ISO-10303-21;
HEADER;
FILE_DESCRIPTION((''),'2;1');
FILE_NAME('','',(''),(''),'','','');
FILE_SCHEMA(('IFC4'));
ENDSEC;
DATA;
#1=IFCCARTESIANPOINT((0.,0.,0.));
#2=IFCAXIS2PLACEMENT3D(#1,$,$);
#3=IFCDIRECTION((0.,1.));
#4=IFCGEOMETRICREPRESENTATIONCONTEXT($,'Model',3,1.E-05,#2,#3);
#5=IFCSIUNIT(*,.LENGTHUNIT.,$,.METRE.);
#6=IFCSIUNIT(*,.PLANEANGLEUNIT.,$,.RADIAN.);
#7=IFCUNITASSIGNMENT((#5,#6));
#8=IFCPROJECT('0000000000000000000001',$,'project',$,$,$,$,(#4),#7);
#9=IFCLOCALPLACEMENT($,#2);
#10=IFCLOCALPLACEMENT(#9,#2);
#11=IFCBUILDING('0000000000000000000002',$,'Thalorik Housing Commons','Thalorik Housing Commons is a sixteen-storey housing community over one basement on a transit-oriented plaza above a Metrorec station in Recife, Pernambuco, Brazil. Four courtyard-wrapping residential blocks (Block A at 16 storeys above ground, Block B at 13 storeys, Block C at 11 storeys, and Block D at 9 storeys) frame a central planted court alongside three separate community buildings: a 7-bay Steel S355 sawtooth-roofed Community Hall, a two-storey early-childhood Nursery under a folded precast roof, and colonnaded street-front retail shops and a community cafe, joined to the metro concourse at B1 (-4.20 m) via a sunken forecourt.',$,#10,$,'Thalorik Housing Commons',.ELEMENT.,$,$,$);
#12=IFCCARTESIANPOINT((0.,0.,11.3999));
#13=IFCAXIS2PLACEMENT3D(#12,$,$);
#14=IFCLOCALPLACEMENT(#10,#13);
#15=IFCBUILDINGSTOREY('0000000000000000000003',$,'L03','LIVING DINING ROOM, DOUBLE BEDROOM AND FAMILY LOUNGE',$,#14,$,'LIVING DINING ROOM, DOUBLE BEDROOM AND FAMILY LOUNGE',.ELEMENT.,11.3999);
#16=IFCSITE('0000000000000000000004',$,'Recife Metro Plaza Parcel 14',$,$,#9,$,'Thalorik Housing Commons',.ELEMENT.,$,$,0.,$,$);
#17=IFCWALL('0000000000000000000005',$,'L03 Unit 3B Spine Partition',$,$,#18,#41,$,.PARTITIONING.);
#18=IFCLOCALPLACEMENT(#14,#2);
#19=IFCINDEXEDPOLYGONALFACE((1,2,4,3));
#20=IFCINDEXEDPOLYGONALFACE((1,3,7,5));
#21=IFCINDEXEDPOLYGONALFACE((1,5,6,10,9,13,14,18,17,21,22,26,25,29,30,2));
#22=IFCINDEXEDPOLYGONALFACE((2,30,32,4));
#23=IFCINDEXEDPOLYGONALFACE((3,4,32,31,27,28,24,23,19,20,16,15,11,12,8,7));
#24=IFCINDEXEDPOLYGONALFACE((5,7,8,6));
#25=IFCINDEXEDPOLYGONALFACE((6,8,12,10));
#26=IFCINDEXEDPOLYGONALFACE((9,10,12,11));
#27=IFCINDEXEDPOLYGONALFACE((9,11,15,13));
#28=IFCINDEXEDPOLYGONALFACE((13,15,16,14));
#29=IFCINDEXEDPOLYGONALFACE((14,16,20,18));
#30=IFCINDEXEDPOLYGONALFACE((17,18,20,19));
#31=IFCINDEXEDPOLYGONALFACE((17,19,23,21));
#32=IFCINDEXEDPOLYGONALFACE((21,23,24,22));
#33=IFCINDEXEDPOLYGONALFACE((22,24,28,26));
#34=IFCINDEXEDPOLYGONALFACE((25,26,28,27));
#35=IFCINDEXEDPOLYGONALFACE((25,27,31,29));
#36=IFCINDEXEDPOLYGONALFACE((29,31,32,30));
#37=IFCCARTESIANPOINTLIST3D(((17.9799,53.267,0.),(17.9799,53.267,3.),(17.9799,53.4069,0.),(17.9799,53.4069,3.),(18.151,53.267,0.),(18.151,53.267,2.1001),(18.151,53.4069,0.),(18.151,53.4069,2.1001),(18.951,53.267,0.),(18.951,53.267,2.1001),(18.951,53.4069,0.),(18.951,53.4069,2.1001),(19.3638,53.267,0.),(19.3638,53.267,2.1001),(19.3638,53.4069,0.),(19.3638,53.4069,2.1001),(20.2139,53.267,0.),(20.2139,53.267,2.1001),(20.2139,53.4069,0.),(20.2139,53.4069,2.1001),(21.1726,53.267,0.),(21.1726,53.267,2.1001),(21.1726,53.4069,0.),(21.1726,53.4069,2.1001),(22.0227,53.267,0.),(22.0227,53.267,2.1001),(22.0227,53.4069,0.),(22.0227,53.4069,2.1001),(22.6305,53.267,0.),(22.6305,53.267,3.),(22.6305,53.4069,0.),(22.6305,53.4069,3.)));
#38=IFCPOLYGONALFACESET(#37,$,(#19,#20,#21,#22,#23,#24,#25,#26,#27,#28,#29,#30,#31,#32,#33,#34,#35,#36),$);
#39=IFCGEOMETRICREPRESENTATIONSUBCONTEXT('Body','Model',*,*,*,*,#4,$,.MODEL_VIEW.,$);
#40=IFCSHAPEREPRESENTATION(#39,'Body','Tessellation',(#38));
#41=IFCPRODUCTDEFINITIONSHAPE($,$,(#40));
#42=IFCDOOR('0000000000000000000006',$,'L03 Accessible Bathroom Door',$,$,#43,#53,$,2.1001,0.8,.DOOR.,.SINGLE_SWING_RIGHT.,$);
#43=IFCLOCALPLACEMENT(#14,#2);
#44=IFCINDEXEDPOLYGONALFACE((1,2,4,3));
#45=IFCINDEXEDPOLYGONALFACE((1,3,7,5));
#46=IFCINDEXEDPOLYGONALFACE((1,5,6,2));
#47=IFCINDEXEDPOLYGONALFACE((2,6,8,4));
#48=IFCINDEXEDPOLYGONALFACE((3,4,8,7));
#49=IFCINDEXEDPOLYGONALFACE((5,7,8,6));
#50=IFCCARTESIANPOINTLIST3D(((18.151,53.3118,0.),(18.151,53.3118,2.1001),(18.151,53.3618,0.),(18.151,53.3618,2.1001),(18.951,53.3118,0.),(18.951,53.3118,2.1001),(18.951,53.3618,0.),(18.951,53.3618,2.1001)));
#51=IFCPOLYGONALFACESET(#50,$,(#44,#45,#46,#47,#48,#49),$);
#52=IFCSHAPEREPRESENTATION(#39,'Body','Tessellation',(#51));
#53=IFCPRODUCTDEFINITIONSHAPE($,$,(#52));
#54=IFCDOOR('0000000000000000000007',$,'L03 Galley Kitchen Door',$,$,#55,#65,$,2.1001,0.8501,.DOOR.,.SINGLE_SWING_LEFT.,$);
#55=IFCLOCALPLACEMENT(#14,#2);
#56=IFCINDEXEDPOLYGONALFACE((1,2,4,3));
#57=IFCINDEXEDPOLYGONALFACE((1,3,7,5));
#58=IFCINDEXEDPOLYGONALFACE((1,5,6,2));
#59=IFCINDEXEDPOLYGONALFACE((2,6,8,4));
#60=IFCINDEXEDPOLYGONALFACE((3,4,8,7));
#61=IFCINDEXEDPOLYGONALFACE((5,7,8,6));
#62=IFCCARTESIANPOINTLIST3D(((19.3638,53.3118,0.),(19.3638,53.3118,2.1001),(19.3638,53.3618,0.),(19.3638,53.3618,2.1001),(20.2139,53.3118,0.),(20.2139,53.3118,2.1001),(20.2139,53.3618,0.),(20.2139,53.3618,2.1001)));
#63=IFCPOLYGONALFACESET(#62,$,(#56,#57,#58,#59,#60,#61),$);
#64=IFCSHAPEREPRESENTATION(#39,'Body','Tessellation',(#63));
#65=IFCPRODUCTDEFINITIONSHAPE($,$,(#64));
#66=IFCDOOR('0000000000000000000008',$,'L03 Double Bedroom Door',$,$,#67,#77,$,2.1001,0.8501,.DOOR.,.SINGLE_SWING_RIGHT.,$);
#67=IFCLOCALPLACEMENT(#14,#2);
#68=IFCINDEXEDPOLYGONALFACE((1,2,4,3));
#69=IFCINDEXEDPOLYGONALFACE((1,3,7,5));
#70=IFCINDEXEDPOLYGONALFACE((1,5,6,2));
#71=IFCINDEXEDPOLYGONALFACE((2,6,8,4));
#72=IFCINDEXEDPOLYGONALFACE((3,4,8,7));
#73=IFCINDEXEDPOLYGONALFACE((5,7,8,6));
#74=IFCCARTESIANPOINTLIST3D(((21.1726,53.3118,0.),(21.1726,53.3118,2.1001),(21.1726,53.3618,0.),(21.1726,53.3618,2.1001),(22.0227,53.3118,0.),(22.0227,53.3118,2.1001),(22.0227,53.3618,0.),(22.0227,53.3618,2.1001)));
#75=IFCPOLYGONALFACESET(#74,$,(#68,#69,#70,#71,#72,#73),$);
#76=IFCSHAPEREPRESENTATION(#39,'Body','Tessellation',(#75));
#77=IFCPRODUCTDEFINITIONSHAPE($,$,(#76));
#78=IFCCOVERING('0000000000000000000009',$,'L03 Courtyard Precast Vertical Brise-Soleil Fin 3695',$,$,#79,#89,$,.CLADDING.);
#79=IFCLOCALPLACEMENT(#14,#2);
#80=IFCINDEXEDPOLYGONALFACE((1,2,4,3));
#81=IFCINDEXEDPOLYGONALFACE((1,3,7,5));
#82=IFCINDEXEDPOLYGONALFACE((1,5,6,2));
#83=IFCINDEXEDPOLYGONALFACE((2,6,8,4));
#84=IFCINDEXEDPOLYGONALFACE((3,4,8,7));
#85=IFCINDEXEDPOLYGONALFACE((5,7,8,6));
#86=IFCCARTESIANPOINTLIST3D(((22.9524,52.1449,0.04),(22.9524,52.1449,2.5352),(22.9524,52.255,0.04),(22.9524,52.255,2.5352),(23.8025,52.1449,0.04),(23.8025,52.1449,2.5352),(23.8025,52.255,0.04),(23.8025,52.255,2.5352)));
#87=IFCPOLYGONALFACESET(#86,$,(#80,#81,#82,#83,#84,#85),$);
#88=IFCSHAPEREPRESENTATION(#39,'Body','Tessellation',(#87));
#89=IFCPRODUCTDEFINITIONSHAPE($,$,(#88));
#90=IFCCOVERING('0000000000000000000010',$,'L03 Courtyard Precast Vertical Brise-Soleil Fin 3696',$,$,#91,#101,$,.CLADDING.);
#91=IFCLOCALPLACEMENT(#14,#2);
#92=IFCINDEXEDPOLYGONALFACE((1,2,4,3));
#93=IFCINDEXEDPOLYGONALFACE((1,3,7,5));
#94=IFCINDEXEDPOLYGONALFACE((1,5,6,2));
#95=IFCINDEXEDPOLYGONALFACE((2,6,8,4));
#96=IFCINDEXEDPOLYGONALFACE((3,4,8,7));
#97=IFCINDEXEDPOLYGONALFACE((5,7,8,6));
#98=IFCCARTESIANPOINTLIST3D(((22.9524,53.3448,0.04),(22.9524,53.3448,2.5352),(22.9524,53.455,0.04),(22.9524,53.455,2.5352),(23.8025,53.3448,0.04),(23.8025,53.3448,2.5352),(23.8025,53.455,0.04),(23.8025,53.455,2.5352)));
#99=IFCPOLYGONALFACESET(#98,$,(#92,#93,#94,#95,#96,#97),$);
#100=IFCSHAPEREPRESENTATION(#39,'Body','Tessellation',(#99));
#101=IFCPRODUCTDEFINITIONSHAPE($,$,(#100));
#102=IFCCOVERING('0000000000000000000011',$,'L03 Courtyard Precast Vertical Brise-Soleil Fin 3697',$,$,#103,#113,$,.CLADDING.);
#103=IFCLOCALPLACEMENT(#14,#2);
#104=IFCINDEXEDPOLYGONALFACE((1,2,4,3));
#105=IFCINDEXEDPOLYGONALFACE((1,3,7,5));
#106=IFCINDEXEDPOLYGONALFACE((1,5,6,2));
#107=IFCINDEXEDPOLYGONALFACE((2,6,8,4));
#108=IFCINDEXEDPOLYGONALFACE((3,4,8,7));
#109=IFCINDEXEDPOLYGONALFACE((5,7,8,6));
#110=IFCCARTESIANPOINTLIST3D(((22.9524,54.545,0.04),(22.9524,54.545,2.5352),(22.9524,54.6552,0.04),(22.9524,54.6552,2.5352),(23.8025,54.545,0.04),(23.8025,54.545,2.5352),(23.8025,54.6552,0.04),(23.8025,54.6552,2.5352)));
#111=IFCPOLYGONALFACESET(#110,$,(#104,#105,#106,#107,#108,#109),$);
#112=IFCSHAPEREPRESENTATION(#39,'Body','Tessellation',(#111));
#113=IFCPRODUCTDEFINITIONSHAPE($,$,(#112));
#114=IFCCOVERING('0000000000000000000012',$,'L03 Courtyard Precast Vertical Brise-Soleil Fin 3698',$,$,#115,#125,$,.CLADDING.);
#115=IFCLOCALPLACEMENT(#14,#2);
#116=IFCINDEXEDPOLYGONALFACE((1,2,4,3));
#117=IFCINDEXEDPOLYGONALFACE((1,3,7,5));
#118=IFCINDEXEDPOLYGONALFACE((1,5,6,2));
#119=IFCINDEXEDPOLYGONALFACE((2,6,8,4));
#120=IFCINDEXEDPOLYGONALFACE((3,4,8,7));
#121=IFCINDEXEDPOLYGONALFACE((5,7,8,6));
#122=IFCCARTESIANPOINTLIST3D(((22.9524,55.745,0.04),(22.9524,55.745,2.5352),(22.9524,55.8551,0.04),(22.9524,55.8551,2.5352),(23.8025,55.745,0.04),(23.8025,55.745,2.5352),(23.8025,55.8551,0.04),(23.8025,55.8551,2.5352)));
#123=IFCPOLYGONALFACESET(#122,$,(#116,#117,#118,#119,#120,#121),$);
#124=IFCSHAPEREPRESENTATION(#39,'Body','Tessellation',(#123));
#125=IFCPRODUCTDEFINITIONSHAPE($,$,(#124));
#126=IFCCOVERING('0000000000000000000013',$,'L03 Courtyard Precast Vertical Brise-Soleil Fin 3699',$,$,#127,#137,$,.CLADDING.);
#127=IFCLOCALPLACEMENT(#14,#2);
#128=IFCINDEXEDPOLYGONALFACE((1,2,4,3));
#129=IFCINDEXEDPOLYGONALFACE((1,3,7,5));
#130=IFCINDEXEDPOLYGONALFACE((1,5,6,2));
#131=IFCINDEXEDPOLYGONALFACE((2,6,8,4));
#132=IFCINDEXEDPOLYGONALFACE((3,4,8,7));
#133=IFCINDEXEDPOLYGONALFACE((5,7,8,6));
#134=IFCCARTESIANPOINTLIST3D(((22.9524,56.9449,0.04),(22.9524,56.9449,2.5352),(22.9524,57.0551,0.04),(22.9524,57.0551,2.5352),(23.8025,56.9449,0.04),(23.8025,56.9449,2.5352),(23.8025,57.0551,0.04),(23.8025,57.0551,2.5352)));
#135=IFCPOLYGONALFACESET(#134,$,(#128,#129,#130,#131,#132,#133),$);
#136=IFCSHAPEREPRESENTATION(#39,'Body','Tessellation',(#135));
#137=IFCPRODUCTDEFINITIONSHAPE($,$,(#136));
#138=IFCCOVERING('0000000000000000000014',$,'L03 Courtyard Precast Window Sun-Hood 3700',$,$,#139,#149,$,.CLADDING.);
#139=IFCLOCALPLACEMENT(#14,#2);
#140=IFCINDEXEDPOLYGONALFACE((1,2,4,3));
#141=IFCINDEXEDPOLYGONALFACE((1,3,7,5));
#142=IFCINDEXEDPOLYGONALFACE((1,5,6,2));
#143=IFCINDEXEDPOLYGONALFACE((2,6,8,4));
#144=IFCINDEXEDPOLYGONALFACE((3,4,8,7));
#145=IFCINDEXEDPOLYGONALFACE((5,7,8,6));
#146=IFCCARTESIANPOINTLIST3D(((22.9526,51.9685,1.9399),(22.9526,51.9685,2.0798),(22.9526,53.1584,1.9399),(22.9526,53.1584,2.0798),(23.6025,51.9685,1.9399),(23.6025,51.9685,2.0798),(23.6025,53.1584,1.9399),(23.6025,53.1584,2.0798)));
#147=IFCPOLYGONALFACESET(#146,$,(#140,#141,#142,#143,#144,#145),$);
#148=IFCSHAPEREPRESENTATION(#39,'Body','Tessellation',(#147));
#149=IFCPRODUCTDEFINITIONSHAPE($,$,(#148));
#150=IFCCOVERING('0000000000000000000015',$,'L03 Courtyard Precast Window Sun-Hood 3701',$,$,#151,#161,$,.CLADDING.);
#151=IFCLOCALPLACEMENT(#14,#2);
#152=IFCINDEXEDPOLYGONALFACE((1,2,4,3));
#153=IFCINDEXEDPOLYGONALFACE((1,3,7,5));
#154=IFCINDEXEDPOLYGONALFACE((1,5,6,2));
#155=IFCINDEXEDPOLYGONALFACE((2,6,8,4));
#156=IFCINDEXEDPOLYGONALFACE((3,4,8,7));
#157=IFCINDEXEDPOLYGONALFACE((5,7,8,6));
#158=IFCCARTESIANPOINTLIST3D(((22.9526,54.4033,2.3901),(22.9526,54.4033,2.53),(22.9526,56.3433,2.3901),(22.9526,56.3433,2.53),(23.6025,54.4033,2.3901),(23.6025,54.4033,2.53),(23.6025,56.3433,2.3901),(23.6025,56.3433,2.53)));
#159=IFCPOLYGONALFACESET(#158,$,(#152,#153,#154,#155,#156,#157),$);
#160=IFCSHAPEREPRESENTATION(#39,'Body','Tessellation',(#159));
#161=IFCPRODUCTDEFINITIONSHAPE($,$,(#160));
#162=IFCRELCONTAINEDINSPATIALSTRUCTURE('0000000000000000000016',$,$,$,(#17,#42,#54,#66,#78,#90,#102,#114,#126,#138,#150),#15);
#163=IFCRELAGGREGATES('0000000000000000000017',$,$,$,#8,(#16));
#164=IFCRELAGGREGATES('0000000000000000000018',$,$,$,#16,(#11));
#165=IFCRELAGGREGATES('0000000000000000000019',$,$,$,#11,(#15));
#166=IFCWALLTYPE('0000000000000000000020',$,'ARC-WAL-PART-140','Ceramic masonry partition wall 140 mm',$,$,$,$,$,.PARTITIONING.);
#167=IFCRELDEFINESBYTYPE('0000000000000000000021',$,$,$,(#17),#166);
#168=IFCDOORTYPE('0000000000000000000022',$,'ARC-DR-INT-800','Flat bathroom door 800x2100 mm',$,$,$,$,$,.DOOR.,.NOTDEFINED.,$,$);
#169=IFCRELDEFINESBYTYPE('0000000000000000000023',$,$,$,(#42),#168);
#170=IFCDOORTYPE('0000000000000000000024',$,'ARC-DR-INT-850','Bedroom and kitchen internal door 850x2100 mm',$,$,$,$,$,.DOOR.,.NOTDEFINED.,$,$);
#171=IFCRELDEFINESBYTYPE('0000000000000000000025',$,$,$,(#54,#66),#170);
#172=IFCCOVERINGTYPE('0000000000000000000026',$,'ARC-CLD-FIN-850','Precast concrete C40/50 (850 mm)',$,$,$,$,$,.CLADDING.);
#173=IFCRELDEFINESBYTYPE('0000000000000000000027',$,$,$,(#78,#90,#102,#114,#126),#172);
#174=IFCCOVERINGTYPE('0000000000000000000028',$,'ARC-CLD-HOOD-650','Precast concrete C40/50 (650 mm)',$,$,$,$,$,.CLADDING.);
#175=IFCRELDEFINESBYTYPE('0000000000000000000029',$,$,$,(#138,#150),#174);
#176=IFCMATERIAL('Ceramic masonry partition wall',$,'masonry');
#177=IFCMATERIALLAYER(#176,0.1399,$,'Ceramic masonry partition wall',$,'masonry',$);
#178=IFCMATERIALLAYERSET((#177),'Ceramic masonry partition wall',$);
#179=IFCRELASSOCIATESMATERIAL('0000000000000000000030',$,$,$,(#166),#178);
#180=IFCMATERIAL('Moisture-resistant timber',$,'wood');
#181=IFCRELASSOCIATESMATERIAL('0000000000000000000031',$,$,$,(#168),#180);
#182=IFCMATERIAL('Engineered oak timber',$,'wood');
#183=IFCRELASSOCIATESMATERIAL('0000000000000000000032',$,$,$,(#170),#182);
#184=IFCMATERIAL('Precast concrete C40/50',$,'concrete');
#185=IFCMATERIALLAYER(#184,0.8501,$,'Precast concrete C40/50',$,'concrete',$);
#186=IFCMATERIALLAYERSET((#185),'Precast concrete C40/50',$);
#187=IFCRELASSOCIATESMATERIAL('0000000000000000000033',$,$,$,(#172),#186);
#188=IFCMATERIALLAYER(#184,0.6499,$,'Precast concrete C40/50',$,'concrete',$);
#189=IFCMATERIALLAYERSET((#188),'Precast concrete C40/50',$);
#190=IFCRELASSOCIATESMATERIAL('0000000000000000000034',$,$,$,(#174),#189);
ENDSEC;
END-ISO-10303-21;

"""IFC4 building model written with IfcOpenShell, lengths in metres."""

from ifc_helpers import new_model, si_unit, direction, frame, frame_2d, origin, origin_2d, place, context, subcontext, project, spatial, rectangle, extrude, material, layer, layer_set, type_object, element, fill, save


model = new_model("IFC4")

# Units and contexts
model_context = context("Model", 3, precision=1e-05, world=origin(), true_north=direction((0.0, 1.0)))
body_context = subcontext(model_context, "Body", "Model", "MODEL_VIEW")
ifc_project = project(units=[si_unit("LENGTHUNIT", "METRE"), si_unit("PLANEANGLEUNIT", "RADIAN")], contexts=[model_context])

# Site, building, storey
site_placement = place(None, origin())
site = spatial("IfcSite", under=ifc_project, at=site_placement, Name="Recife Metro Plaza Parcel 14", LongName="Thalorik Housing Commons", CompositionType="ELEMENT", RefElevation=0.0)
building_placement = place(site_placement, origin())
building = spatial("IfcBuilding", under=site, at=building_placement, Name="Thalorik Housing Commons", Description="Thalorik Housing Commons is a sixteen-storey housing community over one basement on a transit-oriented plaza above a Metrorec station in Recife, Pernambuco, Brazil. Four courtyard-wrapping residential blocks (Block A at 16 storeys above ground, Block B at 13 storeys, Block C at 11 storeys, and Block D at 9 storeys) frame a central planted court alongside three separate community buildings: a 7-bay Steel S355 sawtooth-roofed Community Hall, a two-storey early-childhood Nursery under a folded precast roof, and colonnaded street-front retail shops and a community cafe, joined to the metro concourse at B1 (-4.20 m) via a sunken forecourt.", LongName="Thalorik Housing Commons", CompositionType="ELEMENT")
storey_placement = place(building_placement, frame((0.0, 0.0, 11.3999)))
storey = spatial("IfcBuildingStorey", under=building, at=storey_placement, Name="L03", Description="LIVING DINING ROOM, DOUBLE BEDROOM AND FAMILY LOUNGE", LongName="LIVING DINING ROOM, DOUBLE BEDROOM AND FAMILY LOUNGE", CompositionType="ELEMENT", Elevation=11.3999)

# Shared definitions
ifc_material_1 = material(Name="Precast concrete C40/50", Category="concrete")

# Wall, openings, doors
ifc_material_2 = material(Name="Ceramic masonry partition wall", Category="masonry")
ifc_layer_1 = layer(ifc_material_2, 0.1399, Name="Ceramic masonry partition wall", Category="masonry")
ifc_layer_set_1 = layer_set([ifc_layer_1], Name="Ceramic masonry partition wall")
wall_type_1 = type_object("IfcWallType", Name="ARC-WAL-PART-140", Description="Ceramic masonry partition wall 140 mm", PredefinedType="PARTITIONING", material=ifc_layer_set_1)
wall_1_placement = place(storey_placement, frame((17.98, 53.3369, 0.0), z_axis=(0.0, 0.0, 1.0), x_axis=(1.0, 0.0, 0.0)))
wall_1 = element("IfcWall", 1, at=wall_1_placement, inside=storey, type_object=wall_type_1, Name="L03 Unit 3B Spine Partition", PredefinedType="PARTITIONING", context=body_context, shape_type="SweptSolid", body=[
    extrude(rectangle(XDim=4.6506, YDim=0.1399, at=frame_2d((2.3252, 0.0))), origin(), (0.0, 0.0, 1.0), 3.0),
])
opening_1_placement = place(wall_1_placement, frame((0.1711, 0.0, 0.0)))
opening_1 = element("IfcOpeningElement", 2, at=opening_1_placement, cuts=wall_1, PredefinedType="OPENING", context=body_context, shape_type="SweptSolid", body=[
    extrude(rectangle(XDim=0.8, YDim=2.1001, at=frame_2d((0.3999, 1.05))), frame((0.0, 0.0801, 0.0), z_axis=(0.0, -1.0, 0.0), x_axis=(1.0, 0.0, 0.0)), (0.0, 0.0, 1.0), 0.1599),
])
opening_2_placement = place(wall_1_placement, frame((1.3838, 0.0, 0.0)))
opening_2 = element("IfcOpeningElement", 3, at=opening_2_placement, cuts=wall_1, PredefinedType="OPENING", context=body_context, shape_type="SweptSolid", body=[
    extrude(rectangle(XDim=0.8501, YDim=2.1001, at=frame_2d((0.425, 1.05))), frame((0.0, 0.0801, 0.0), z_axis=(0.0, -1.0, 0.0), x_axis=(1.0, 0.0, 0.0)), (0.0, 0.0, 1.0), 0.1599),
])
opening_3_placement = place(wall_1_placement, frame((3.1926, 0.0, 0.0)))
opening_3 = element("IfcOpeningElement", 4, at=opening_3_placement, cuts=wall_1, PredefinedType="OPENING", context=body_context, shape_type="SweptSolid", body=[
    extrude(rectangle(XDim=0.8501, YDim=2.1001, at=frame_2d((0.425, 1.05))), frame((0.0, 0.0801, 0.0), z_axis=(0.0, -1.0, 0.0), x_axis=(1.0, 0.0, 0.0)), (0.0, 0.0, 1.0), 0.1599),
])
ifc_material_3 = material(Name="Moisture-resistant timber", Category="wood")
door_type_1 = type_object("IfcDoorType", Name="ARC-DR-INT-800", Description="Flat bathroom door 800x2100 mm", OperationType="NOTDEFINED", PredefinedType="DOOR", material=ifc_material_3)
door_1_placement = place(opening_1_placement, origin())
door_1 = element("IfcDoor", 5, at=door_1_placement, inside=storey, type_object=door_type_1, Name="L03 Accessible Bathroom Door", OperationType="SINGLE_SWING_RIGHT", OverallHeight=2.1001, OverallWidth=0.8, PredefinedType="DOOR", context=body_context, shape_type="SweptSolid", body=[
    extrude(rectangle(XDim=0.8, YDim=2.1001, at=frame_2d((0.3999, 1.05))), frame((0.0, 0.0249, 0.0), z_axis=(0.0, -1.0, 0.0), x_axis=(1.0, 0.0, 0.0)), (0.0, 0.0, 1.0), 0.05),
])
fill(opening_1, door_1)
ifc_material_4 = material(Name="Engineered oak timber", Category="wood")
door_type_2 = type_object("IfcDoorType", Name="ARC-DR-INT-850", Description="Bedroom and kitchen internal door 850x2100 mm", OperationType="NOTDEFINED", PredefinedType="DOOR", material=ifc_material_4)
door_2_placement = place(opening_2_placement, origin())
door_2 = element("IfcDoor", 6, at=door_2_placement, inside=storey, type_object=door_type_2, Name="L03 Galley Kitchen Door", OperationType="SINGLE_SWING_LEFT", OverallHeight=2.1001, OverallWidth=0.8501, PredefinedType="DOOR", context=body_context, shape_type="SweptSolid", body=[
    extrude(rectangle(XDim=0.8501, YDim=2.1001, at=frame_2d((0.425, 1.05))), frame((0.0, 0.0249, 0.0), z_axis=(0.0, -1.0, 0.0), x_axis=(1.0, 0.0, 0.0)), (0.0, 0.0, 1.0), 0.05),
])
fill(opening_2, door_2)
door_3_placement = place(opening_3_placement, origin())
door_3 = element("IfcDoor", 7, at=door_3_placement, inside=storey, type_object=door_type_2, Name="L03 Double Bedroom Door", OperationType="SINGLE_SWING_RIGHT", OverallHeight=2.1001, OverallWidth=0.8501, PredefinedType="DOOR", context=body_context, shape_type="SweptSolid", body=[
    extrude(rectangle(XDim=0.8501, YDim=2.1001, at=frame_2d((0.425, 1.05))), frame((0.0, 0.0249, 0.0), z_axis=(0.0, -1.0, 0.0), x_axis=(1.0, 0.0, 0.0)), (0.0, 0.0, 1.0), 0.05),
])
fill(opening_3, door_3)

# Coverings
ifc_layer_2 = layer(ifc_material_1, 0.8501, Name="Precast concrete C40/50", Category="concrete")
ifc_layer_set_2 = layer_set([ifc_layer_2], Name="Precast concrete C40/50")
covering_type_1 = type_object("IfcCoveringType", Name="ARC-CLD-FIN-850", Description="Precast concrete C40/50 (850 mm)", PredefinedType="CLADDING", material=ifc_layer_set_2)
for number, where, z_axis, x_axis, name in (
    (8, (23.3774, 52.2, 0.04), (0.0, 0.0, 1.0), (0.0, 1.0, 0.0), "L03 Courtyard Precast Vertical Brise-Soleil Fin 3695"),
    (9, (23.3774, 53.3999, 0.04), (0.0, 0.0, 1.0), (0.0, 1.0, 0.0), "L03 Courtyard Precast Vertical Brise-Soleil Fin 3696"),
    (10, (23.3774, 54.6001, 0.04), (0.0, 0.0, 1.0), (0.0, 1.0, 0.0), "L03 Courtyard Precast Vertical Brise-Soleil Fin 3697"),
    (11, (23.3774, 55.8, 0.04), (0.0, 0.0, 1.0), (0.0, 1.0, 0.0), "L03 Courtyard Precast Vertical Brise-Soleil Fin 3698"),
    (12, (23.3774, 57.0, 0.04), (0.0, 0.0, 1.0), (0.0, 1.0, 0.0), "L03 Courtyard Precast Vertical Brise-Soleil Fin 3699"),
):
    element("IfcCovering", number, at=place(storey_placement, frame(where, z_axis=z_axis, x_axis=x_axis)), inside=storey, type_object=covering_type_1, Name=name, PredefinedType="CLADDING", context=body_context, shape_type="SweptSolid", body=[
        extrude(rectangle(XDim=0.1101, YDim=0.8501, at=origin_2d()), origin(), (0.0, 0.0, 1.0), 2.4951),
    ])
ifc_layer_3 = layer(ifc_material_1, 0.6499, Name="Precast concrete C40/50", Category="concrete")
ifc_layer_set_3 = layer_set([ifc_layer_3], Name="Precast concrete C40/50")
covering_type_2 = type_object("IfcCoveringType", Name="ARC-CLD-HOOD-650", Description="Precast concrete C40/50 (650 mm)", PredefinedType="CLADDING", material=ifc_layer_set_3)
covering_1_placement = place(storey_placement, frame((23.2776, 52.5635, 1.9399), z_axis=(0.0, 0.0, 1.0), x_axis=(0.0, 1.0, 0.0)))
element("IfcCovering", 13, at=covering_1_placement, inside=storey, type_object=covering_type_2, Name="L03 Courtyard Precast Window Sun-Hood 3700", PredefinedType="CLADDING", context=body_context, shape_type="SweptSolid", body=[
    extrude(rectangle(XDim=1.1899, YDim=0.6499, at=origin_2d()), origin(), (0.0, 0.0, 1.0), 0.1399),
])
covering_2_placement = place(storey_placement, frame((23.2776, 55.3733, 2.3901), z_axis=(0.0, 0.0, 1.0), x_axis=(0.0, 1.0, 0.0)))
element("IfcCovering", 14, at=covering_2_placement, inside=storey, type_object=covering_type_2, Name="L03 Courtyard Precast Window Sun-Hood 3701", PredefinedType="CLADDING", context=body_context, shape_type="SweptSolid", body=[
    extrude(rectangle(XDim=1.9399, YDim=0.6499, at=origin_2d()), origin(), (0.0, 0.0, 1.0), 0.1399),
])

save(model, "model.ifc")
